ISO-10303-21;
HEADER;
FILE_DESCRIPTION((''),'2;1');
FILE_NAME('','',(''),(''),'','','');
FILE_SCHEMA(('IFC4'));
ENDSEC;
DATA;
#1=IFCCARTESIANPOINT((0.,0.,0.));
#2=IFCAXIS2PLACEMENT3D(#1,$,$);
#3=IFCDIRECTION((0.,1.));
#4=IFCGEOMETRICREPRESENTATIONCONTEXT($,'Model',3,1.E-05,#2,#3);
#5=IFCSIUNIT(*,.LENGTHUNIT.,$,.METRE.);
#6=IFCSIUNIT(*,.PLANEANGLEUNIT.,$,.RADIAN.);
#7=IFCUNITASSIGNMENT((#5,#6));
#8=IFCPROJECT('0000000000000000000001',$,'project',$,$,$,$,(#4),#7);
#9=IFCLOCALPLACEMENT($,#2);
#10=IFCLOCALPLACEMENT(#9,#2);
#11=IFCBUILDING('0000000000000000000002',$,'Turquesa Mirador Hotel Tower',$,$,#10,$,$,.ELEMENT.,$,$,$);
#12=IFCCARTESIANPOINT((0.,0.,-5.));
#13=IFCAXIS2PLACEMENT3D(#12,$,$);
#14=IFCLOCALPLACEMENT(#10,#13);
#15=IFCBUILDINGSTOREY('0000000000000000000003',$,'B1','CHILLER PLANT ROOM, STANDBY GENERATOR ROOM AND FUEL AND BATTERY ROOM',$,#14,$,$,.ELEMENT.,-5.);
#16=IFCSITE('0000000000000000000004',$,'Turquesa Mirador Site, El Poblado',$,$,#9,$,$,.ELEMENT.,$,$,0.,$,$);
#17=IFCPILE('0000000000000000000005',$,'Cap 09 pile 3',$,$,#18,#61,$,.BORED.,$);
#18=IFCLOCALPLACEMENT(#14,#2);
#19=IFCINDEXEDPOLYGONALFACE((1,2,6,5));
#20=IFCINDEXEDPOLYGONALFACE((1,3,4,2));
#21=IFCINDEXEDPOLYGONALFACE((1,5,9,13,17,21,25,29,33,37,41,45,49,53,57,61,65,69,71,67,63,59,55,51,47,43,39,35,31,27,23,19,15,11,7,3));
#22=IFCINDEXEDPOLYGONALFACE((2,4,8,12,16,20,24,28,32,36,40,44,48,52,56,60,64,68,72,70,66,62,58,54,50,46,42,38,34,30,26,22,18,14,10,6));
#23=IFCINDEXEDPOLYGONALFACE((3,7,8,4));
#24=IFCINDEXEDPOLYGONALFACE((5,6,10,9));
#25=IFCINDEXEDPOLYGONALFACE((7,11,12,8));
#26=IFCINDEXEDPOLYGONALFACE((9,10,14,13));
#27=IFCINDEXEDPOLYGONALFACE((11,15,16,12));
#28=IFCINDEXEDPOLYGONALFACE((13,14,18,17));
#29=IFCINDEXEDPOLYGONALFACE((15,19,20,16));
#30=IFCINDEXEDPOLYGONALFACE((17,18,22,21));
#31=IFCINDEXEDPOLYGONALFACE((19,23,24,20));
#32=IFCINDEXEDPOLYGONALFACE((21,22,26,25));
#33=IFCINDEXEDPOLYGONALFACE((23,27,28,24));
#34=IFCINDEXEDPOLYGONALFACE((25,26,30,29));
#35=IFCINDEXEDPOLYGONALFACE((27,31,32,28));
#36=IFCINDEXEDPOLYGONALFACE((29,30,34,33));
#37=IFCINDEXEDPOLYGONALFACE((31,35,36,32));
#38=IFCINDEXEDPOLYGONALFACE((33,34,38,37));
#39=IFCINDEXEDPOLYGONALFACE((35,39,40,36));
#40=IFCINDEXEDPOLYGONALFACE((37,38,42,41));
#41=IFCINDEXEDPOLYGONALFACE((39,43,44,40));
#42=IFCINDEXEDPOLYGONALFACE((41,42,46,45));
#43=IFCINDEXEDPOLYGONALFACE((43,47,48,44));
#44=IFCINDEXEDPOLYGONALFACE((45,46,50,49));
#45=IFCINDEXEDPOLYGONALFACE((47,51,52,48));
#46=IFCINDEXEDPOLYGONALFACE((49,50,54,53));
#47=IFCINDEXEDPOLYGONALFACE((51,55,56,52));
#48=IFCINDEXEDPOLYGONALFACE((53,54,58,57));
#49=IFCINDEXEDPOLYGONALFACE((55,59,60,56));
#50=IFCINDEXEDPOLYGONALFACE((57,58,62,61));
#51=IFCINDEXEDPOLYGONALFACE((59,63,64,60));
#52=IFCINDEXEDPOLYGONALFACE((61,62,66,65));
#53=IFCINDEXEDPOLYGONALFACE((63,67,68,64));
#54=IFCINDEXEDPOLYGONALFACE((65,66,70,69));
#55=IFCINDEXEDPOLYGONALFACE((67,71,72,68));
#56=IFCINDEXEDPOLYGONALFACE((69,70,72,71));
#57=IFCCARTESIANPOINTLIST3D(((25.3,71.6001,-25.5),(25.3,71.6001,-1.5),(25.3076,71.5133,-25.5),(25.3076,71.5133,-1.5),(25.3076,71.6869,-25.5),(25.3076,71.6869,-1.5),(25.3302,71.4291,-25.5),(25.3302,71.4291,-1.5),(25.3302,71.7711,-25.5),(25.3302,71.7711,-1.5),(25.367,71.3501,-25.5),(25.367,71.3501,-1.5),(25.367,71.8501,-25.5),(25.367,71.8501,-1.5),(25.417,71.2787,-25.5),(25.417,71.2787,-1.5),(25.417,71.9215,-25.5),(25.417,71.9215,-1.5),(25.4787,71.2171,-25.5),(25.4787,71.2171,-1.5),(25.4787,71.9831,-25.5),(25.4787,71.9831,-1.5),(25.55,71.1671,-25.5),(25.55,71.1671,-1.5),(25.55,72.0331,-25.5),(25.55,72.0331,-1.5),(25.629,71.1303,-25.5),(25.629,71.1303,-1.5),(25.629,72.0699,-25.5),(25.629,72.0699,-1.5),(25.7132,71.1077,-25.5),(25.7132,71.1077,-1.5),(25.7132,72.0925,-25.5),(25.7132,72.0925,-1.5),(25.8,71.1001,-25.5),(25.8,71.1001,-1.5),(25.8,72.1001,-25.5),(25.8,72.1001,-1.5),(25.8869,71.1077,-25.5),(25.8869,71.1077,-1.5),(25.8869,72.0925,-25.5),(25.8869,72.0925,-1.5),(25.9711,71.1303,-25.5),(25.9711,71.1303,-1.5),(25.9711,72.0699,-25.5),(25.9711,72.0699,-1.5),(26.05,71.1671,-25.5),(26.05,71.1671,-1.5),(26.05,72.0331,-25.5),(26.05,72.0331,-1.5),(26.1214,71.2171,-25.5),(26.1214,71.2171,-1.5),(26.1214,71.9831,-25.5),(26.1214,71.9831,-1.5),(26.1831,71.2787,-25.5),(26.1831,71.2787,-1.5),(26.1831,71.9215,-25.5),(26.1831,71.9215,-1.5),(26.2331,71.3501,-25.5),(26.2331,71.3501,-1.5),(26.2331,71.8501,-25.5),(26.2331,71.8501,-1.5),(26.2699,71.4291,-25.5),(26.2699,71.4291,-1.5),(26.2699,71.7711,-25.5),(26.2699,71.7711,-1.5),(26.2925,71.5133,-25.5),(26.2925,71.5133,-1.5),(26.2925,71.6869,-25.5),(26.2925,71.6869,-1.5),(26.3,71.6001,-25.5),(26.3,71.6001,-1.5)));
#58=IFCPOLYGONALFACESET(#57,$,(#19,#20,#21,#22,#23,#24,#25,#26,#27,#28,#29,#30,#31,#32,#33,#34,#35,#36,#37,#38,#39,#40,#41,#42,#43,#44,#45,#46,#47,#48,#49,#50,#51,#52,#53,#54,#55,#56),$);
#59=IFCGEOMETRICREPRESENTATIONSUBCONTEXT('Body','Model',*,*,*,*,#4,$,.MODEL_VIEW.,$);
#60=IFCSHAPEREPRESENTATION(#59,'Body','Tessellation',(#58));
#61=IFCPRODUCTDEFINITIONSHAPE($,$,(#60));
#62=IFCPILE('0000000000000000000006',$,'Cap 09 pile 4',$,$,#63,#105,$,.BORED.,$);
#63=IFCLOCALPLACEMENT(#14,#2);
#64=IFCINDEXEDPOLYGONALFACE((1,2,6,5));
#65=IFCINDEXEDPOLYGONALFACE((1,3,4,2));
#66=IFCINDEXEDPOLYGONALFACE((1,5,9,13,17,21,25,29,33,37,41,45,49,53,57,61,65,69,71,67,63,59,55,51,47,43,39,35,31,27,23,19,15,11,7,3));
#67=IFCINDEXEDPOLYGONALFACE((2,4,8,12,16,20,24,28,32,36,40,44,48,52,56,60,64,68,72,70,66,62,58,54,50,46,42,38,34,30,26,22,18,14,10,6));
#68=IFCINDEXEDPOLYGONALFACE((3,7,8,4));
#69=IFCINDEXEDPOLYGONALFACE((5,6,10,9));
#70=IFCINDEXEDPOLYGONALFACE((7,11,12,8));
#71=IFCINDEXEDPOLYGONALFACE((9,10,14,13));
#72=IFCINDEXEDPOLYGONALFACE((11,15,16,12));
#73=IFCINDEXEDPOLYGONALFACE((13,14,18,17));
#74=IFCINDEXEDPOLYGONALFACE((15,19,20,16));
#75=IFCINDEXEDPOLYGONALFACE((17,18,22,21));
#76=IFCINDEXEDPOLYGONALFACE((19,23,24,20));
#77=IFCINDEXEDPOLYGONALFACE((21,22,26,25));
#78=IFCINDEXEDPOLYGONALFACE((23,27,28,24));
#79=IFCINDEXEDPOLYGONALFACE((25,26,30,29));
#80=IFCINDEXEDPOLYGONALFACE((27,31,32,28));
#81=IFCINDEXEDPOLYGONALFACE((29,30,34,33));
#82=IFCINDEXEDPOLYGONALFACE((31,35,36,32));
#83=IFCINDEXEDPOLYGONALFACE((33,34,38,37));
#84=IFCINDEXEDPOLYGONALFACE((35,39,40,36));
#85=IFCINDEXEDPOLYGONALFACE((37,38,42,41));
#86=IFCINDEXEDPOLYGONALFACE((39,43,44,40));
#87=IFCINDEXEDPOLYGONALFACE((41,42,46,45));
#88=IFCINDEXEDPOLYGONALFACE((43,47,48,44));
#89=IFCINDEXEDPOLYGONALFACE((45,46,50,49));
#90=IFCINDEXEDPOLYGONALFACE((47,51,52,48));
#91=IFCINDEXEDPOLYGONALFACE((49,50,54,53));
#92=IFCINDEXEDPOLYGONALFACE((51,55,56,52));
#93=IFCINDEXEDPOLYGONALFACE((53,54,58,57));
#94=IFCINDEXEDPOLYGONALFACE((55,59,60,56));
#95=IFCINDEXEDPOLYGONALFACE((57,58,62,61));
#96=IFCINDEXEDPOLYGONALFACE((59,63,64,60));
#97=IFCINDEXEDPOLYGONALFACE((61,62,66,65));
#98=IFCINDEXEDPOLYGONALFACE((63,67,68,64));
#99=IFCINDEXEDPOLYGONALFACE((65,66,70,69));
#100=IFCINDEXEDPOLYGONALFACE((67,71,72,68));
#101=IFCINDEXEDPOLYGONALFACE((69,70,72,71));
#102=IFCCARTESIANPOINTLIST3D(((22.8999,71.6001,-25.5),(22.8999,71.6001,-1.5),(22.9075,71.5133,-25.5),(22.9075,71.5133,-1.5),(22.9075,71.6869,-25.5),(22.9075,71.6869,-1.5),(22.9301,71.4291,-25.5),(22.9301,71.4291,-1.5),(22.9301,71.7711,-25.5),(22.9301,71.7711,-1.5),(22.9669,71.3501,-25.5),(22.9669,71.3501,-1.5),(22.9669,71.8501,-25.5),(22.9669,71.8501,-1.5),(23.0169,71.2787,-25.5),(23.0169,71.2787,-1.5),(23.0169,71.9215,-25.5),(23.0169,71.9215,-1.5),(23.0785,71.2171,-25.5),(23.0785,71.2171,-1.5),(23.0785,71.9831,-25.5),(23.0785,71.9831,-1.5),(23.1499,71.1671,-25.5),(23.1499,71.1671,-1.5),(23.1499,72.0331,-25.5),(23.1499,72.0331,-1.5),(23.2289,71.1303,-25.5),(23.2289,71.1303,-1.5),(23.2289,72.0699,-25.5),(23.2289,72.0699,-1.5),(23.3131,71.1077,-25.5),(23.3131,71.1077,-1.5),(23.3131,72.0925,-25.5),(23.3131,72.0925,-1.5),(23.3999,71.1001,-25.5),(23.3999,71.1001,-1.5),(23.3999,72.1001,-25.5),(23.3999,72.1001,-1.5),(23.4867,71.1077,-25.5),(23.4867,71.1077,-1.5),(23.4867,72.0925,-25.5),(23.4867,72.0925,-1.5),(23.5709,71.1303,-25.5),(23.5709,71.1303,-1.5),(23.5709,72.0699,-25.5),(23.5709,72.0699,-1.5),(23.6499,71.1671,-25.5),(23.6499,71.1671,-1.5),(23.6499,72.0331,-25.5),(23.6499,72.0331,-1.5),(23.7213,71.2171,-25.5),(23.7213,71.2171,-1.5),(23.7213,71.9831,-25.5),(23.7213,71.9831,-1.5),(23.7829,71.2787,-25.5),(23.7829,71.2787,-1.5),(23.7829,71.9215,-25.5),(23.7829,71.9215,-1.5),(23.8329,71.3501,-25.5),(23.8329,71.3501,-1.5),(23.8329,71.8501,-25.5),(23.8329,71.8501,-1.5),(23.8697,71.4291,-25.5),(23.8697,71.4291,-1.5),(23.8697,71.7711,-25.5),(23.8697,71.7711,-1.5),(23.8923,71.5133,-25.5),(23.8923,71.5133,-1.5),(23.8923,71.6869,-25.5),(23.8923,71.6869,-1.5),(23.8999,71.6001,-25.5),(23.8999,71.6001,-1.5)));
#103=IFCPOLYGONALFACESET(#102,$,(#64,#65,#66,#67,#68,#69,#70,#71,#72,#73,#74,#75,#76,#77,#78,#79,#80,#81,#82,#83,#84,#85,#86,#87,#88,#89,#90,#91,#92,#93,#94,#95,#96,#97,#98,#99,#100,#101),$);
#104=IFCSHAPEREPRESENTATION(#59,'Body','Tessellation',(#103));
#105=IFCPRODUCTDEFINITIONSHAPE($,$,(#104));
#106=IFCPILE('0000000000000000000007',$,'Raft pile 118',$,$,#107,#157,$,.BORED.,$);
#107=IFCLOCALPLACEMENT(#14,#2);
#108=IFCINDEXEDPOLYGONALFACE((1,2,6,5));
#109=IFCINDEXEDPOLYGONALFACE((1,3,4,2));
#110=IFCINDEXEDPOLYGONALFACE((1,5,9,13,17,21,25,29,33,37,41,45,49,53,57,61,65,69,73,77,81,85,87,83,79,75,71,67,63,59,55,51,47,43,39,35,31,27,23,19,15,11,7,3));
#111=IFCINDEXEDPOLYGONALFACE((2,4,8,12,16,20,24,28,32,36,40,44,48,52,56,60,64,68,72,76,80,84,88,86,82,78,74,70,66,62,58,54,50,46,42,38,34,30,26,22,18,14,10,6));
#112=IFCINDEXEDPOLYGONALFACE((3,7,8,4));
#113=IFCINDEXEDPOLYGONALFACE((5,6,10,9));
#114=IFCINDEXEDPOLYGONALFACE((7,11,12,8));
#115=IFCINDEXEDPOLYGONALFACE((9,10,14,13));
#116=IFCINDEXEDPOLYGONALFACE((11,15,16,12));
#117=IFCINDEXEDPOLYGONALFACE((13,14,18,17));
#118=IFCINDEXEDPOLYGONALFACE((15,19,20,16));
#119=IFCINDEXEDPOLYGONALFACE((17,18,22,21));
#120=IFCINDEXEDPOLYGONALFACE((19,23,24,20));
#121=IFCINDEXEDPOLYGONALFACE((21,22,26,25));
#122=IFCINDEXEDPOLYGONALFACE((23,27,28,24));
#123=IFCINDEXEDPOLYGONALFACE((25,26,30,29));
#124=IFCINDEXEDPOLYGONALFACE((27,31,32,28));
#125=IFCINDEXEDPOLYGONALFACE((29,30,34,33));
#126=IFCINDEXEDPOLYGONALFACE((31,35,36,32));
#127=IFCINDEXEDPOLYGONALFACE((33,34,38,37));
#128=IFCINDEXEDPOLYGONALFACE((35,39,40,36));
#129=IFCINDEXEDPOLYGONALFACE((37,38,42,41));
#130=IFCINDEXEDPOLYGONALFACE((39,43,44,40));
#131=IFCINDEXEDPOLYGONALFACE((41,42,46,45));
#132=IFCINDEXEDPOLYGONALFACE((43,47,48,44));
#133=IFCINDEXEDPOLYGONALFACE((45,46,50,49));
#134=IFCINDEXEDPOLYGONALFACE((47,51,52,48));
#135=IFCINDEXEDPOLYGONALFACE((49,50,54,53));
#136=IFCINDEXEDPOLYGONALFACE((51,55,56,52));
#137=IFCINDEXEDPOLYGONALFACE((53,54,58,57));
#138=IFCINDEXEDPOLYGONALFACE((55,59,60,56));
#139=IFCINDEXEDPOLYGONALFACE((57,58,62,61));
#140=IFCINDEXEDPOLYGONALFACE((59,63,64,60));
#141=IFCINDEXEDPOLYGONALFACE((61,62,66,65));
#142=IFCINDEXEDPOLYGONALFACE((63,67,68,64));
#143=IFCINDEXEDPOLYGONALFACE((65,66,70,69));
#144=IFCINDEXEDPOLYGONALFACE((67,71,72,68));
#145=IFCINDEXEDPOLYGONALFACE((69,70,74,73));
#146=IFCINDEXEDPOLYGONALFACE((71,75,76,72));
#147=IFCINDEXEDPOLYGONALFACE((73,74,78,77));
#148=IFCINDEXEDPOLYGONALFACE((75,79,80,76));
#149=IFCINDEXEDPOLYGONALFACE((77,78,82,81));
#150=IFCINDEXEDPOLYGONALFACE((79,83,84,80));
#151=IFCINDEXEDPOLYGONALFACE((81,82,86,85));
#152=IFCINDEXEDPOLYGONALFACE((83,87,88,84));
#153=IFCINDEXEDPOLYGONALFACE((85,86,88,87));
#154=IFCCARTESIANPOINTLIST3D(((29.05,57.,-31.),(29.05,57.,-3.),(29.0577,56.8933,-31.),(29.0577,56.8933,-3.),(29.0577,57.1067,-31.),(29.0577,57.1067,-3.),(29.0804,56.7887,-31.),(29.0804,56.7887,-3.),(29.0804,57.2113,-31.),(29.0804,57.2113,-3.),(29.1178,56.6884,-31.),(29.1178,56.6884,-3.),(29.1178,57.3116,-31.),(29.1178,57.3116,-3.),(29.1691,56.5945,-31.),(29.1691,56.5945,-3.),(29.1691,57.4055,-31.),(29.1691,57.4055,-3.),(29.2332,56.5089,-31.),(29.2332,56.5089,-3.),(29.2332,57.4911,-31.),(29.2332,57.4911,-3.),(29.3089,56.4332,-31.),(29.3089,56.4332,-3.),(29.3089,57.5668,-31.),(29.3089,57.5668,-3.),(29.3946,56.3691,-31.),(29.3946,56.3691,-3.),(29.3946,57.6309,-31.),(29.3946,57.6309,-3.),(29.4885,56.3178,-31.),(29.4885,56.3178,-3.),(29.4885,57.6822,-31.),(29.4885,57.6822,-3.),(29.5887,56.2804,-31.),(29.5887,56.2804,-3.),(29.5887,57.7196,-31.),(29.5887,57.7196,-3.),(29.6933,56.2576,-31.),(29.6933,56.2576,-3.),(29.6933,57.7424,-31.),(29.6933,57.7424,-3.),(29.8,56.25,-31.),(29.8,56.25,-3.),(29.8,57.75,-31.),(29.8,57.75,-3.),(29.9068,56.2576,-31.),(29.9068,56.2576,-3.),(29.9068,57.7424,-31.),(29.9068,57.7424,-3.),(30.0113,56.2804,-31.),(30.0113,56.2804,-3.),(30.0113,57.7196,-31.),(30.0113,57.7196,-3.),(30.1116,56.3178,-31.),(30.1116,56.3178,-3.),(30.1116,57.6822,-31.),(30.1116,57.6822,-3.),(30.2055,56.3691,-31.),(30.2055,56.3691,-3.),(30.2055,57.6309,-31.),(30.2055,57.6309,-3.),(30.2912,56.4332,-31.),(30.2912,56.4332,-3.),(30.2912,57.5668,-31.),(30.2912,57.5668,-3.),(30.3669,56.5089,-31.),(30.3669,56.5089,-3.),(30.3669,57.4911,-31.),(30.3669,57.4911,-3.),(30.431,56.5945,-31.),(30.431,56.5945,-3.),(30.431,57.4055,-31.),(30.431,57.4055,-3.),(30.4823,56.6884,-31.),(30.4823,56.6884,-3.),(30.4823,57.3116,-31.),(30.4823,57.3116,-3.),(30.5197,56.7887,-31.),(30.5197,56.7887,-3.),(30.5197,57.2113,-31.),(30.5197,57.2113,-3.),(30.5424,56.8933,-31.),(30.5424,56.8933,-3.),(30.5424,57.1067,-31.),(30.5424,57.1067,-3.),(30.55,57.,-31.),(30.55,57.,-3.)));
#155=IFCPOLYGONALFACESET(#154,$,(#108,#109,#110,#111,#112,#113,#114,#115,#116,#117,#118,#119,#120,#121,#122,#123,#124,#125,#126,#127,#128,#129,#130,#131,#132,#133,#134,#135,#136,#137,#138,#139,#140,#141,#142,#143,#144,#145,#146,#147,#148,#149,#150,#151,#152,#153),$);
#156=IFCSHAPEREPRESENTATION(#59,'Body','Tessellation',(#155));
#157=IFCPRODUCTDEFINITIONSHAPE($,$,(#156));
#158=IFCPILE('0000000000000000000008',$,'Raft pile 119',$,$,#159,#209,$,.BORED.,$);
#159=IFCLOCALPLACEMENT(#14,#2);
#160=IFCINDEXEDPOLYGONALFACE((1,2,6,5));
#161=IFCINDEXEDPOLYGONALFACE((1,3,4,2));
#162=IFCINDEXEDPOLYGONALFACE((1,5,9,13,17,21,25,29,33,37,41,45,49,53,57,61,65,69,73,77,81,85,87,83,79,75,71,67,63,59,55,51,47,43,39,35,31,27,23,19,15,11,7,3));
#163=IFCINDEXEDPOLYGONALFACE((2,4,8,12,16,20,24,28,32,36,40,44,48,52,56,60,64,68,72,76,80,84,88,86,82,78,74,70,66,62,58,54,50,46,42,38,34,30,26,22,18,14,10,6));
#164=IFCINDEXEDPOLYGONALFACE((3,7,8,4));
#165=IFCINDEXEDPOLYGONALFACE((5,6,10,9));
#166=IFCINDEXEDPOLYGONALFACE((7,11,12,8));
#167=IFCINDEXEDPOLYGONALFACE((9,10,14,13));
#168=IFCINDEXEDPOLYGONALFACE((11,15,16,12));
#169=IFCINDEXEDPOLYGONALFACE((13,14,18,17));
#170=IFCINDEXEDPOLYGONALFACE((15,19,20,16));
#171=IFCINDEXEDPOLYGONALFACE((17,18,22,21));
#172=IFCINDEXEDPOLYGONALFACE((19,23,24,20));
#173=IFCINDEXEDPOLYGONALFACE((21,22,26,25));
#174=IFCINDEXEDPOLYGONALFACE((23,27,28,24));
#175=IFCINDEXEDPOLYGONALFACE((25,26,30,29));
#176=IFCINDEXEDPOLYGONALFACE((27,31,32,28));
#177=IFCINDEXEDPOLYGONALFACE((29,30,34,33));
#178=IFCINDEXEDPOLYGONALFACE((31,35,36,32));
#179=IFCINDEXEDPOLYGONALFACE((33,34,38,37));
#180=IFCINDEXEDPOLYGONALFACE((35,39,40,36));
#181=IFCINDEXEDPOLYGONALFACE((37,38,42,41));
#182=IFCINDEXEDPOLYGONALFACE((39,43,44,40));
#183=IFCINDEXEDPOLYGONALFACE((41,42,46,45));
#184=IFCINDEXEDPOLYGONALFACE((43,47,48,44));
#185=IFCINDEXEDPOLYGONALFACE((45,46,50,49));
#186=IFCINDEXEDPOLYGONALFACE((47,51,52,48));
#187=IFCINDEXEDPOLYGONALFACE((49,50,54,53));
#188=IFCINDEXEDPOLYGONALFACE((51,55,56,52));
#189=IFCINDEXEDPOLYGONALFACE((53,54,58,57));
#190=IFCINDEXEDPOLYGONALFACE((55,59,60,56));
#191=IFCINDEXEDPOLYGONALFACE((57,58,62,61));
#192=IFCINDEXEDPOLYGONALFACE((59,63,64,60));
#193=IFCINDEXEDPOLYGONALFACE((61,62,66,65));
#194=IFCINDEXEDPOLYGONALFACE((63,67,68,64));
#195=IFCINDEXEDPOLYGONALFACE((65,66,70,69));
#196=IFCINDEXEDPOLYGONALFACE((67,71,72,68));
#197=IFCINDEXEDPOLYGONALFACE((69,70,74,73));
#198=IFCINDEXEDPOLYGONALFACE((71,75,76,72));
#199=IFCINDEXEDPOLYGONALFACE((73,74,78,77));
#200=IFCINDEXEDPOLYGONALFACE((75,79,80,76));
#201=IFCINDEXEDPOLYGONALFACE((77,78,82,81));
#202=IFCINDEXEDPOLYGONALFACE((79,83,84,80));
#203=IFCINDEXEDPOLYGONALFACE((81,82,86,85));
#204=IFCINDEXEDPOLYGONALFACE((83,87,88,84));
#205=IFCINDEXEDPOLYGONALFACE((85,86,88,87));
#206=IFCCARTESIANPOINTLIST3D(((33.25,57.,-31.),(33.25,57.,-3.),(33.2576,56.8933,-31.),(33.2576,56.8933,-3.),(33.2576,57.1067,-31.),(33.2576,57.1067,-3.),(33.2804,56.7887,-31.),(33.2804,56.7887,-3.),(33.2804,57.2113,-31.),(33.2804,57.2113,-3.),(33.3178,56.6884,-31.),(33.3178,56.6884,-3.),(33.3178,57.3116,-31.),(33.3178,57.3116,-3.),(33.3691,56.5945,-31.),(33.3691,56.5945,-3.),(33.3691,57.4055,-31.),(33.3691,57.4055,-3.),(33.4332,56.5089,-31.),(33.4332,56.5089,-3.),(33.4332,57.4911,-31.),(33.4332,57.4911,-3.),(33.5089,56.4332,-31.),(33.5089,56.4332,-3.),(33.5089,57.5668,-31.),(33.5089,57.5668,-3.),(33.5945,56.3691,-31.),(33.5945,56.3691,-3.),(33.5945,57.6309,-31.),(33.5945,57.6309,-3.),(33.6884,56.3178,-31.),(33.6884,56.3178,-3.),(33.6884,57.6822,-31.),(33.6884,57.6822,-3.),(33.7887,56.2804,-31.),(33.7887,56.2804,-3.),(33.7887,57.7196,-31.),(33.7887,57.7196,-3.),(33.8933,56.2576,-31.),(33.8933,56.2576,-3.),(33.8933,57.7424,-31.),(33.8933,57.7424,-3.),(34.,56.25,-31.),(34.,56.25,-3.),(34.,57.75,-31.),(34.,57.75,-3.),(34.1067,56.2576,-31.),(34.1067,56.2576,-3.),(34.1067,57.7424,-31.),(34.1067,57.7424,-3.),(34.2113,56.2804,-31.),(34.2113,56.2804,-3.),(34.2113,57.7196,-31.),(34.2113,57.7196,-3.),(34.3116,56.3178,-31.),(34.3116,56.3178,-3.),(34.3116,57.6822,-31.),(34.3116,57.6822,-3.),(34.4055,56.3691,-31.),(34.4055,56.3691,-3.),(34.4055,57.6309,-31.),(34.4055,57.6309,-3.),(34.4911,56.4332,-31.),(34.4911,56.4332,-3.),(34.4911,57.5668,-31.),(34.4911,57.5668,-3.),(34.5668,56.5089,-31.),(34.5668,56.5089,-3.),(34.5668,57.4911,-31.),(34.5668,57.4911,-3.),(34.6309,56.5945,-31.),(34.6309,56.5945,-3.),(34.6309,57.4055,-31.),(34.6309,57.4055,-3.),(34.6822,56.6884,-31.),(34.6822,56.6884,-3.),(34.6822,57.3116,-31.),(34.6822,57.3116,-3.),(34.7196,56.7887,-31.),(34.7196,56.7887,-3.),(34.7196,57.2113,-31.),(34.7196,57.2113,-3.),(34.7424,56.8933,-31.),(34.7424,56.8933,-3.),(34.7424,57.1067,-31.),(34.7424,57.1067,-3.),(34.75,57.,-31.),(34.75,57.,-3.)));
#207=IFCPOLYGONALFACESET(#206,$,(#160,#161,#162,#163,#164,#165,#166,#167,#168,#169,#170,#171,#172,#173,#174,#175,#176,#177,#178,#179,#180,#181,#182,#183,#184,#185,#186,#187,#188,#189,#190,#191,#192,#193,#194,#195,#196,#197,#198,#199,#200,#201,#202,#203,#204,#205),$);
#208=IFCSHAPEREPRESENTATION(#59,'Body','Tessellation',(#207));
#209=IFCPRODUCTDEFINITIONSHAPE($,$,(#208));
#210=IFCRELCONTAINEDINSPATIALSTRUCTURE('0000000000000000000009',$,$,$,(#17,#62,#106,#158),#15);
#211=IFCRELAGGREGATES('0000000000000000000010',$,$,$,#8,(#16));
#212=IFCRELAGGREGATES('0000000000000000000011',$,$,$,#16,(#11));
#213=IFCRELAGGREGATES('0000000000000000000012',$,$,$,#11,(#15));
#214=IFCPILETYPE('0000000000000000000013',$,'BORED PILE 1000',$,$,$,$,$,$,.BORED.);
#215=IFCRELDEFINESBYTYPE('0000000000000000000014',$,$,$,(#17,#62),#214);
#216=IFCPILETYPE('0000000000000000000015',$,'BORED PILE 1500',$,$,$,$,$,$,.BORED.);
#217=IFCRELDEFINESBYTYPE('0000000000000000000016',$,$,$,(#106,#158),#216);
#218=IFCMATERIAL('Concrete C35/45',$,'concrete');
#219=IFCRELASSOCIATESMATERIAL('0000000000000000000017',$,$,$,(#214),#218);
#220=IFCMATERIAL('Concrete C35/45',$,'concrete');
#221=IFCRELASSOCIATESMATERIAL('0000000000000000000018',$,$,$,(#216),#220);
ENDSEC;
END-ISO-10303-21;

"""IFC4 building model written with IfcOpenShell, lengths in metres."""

from ifc_helpers import new_model, si_unit, direction, frame, origin, origin_2d, place, context, subcontext, project, spatial, circle, extrude, material, type_object, element, save


model = new_model("IFC4")

# Units and contexts
model_context = context("Model", 3, precision=1e-05, world=origin(), true_north=direction((0.0, 1.0)))
body_context = subcontext(model_context, "Body", "Model", "MODEL_VIEW")
ifc_project = project(units=[si_unit("LENGTHUNIT", "METRE"), si_unit("PLANEANGLEUNIT", "RADIAN")], contexts=[model_context])

# Site, building, storey
site_placement = place(None, origin())
site = spatial("IfcSite", under=ifc_project, at=site_placement, Name="Turquesa Mirador Site, El Poblado", CompositionType="ELEMENT", RefElevation=0.0)
building_placement = place(site_placement, origin())
building = spatial("IfcBuilding", under=site, at=building_placement, Name="Turquesa Mirador Hotel Tower", CompositionType="ELEMENT")
storey_placement = place(building_placement, frame((0.0, 0.0, -5.0)))
storey = spatial("IfcBuildingStorey", under=building, at=storey_placement, Name="B1", Description="CHILLER PLANT ROOM, STANDBY GENERATOR ROOM AND FUEL AND BATTERY ROOM", CompositionType="ELEMENT", Elevation=-5.0)

# Piles
ifc_material_1 = material(Name="Concrete C35/45", Category="concrete")
pile_type_1 = type_object("IfcPileType", Name="BORED PILE 1000", PredefinedType="BORED", material=ifc_material_1)
for number, where, z_axis, x_axis, name in (
    (1, (25.8, 71.6001, -1.5), (0.0, 0.0, -1.0), (1.0, 0.0, 0.0), "Cap 09 pile 3"),
    (2, (23.3999, 71.6001, -1.5), (0.0, 0.0, -1.0), (1.0, 0.0, 0.0), "Cap 09 pile 4"),
):
    element("IfcPile", number, at=place(storey_placement, frame(where, z_axis=z_axis, x_axis=x_axis)), inside=storey, type_object=pile_type_1, Name=name, PredefinedType="BORED", context=body_context, shape_type="SweptSolid", body=[
        extrude(circle(Radius=0.5, at=origin_2d()), origin(), (0.0, 0.0, 1.0), 24.0),
    ])
ifc_material_2 = material(Name="Concrete C35/45", Category="concrete")
pile_type_2 = type_object("IfcPileType", Name="BORED PILE 1500", PredefinedType="BORED", material=ifc_material_2)
for number, where, z_axis, x_axis, name in (
    (3, (29.8, 57.0, -3.0), (0.0, 0.0, -1.0), (1.0, 0.0, 0.0), "Raft pile 118"),
    (4, (34.0, 57.0, -3.0), (0.0, 0.0, -1.0), (1.0, 0.0, 0.0), "Raft pile 119"),
):
    element("IfcPile", number, at=place(storey_placement, frame(where, z_axis=z_axis, x_axis=x_axis)), inside=storey, type_object=pile_type_2, Name=name, PredefinedType="BORED", context=body_context, shape_type="SweptSolid", body=[
        extrude(circle(Radius=0.75, at=origin_2d()), origin(), (0.0, 0.0, 1.0), 28.0),
    ])

save(model, "model.ifc")
